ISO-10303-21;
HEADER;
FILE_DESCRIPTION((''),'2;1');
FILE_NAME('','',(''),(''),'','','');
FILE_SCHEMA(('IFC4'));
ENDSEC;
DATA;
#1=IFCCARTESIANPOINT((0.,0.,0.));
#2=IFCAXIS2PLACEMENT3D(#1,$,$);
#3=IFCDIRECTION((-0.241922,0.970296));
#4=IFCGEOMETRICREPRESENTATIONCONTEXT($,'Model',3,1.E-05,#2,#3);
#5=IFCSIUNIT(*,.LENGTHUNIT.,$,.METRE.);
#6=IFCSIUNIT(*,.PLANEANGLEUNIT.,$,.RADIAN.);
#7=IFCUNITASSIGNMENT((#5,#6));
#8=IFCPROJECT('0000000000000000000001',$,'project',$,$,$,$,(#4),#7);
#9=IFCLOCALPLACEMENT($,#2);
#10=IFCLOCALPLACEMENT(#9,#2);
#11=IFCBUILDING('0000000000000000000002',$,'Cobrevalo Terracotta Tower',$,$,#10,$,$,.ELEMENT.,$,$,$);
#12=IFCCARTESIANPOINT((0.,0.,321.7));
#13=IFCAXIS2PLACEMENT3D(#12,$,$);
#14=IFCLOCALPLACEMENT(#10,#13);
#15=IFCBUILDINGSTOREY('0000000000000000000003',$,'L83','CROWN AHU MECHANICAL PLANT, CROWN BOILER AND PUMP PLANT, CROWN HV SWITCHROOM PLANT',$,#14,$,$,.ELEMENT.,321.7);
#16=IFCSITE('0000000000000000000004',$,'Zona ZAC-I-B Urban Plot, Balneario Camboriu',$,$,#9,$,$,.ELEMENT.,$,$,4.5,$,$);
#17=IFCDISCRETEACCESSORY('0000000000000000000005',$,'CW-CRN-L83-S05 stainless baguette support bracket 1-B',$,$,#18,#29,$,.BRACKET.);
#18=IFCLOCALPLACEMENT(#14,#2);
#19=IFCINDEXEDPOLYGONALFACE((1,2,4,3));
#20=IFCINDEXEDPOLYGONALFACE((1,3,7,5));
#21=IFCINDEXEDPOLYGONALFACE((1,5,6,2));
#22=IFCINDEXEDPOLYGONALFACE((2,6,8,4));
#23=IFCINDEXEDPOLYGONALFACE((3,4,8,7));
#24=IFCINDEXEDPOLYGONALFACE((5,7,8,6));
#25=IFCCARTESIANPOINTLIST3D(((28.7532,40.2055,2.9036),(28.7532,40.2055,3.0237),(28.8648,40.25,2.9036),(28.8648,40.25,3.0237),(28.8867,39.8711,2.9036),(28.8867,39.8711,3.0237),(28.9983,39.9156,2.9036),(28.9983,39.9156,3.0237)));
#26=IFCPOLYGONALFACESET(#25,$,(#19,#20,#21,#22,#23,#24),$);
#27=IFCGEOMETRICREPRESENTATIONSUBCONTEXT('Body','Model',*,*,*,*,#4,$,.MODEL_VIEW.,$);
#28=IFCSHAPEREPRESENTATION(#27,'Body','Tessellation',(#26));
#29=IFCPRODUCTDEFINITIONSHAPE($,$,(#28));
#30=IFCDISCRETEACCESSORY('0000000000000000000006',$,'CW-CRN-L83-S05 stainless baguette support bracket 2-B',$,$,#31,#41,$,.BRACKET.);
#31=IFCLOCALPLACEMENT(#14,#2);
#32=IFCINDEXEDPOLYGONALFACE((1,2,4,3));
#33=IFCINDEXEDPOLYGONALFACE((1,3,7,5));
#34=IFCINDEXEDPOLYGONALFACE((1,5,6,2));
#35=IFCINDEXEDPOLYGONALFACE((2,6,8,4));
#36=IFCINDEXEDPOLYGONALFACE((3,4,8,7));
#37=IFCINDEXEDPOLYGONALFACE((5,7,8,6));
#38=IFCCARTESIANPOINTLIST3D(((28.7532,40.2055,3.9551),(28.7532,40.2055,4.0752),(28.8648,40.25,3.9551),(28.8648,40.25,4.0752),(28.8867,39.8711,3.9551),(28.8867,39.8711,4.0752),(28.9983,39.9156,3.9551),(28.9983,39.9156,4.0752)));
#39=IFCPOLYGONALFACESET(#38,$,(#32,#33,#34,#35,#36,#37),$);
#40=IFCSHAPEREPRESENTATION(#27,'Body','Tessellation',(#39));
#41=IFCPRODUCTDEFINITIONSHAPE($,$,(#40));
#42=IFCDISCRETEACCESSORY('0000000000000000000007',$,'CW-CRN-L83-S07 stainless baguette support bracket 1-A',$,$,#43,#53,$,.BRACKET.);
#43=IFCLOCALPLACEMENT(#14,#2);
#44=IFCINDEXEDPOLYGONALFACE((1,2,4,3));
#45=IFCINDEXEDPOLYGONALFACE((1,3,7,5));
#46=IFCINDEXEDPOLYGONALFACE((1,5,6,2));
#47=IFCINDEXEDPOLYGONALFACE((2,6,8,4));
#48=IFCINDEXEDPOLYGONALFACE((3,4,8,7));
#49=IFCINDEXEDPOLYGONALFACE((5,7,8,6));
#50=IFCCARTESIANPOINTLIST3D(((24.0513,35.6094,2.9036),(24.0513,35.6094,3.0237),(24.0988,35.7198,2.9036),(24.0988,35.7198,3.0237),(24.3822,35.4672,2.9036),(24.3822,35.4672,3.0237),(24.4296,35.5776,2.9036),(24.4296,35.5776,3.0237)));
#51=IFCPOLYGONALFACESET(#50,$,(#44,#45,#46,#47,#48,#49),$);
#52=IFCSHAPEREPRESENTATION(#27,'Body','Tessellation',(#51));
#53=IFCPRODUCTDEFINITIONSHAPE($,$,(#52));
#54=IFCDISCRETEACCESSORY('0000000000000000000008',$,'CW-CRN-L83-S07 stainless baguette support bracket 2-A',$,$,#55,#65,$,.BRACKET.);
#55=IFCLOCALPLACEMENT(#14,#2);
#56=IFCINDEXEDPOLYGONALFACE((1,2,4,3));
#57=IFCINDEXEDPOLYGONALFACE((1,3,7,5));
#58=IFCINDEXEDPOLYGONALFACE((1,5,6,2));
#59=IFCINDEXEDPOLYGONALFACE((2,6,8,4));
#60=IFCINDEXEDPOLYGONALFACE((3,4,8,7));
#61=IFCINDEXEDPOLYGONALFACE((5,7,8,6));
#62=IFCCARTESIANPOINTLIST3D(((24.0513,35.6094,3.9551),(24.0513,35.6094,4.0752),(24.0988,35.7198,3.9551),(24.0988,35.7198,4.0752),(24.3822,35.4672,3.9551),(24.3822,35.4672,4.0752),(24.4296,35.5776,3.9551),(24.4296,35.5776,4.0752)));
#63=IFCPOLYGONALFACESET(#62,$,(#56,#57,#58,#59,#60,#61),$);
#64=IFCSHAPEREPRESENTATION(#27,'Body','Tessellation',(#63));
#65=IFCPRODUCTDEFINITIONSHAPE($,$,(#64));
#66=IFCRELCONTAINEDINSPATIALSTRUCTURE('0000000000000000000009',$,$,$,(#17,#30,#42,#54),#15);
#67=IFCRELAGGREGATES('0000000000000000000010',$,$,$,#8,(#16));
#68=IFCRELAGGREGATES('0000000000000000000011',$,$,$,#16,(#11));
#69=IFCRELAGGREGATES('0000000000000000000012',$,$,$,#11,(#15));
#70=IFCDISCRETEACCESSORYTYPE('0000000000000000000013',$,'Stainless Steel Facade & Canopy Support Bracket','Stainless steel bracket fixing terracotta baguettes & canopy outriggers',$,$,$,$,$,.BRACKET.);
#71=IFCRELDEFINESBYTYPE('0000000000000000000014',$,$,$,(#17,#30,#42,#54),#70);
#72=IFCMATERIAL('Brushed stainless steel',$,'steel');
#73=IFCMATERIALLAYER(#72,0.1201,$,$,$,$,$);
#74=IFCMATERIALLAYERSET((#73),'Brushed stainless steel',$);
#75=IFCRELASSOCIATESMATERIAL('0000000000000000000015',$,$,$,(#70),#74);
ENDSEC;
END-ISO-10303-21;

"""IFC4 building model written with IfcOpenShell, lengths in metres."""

from ifc_helpers import new_model, si_unit, direction, frame, origin, origin_2d, place, context, subcontext, project, spatial, rectangle, extrude, source, transform, mapped, material, layer, layer_set, type_object, element, save


model = new_model("IFC4")

# Units and contexts
model_context = context("Model", 3, precision=1e-05, world=origin(), true_north=direction((-0.241922, 0.970296)))
body_context = subcontext(model_context, "Body", "Model", "MODEL_VIEW")
ifc_project = project(units=[si_unit("LENGTHUNIT", "METRE"), si_unit("PLANEANGLEUNIT", "RADIAN")], contexts=[model_context])

# Site, building, storey
site_placement = place(None, origin())
site = spatial("IfcSite", under=ifc_project, at=site_placement, Name="Zona ZAC-I-B Urban Plot, Balneario Camboriu", CompositionType="ELEMENT", RefElevation=4.5)
building_placement = place(site_placement, origin())
building = spatial("IfcBuilding", under=site, at=building_placement, Name="Cobrevalo Terracotta Tower", CompositionType="ELEMENT")
storey_placement = place(building_placement, frame((0.0, 0.0, 321.7)))
storey = spatial("IfcBuildingStorey", under=building, at=storey_placement, Name="L83", Description="CROWN AHU MECHANICAL PLANT, CROWN BOILER AND PUMP PLANT, CROWN HV SWITCHROOM PLANT", CompositionType="ELEMENT", Elevation=321.7)

# Discrete accessories
ifc_material_1 = material(Name="Brushed stainless steel", Category="steel")
ifc_layer_1 = layer(ifc_material_1, 0.1201)
ifc_layer_set_1 = layer_set([ifc_layer_1], Name="Brushed stainless steel")
discrete_accessory_type = type_object("IfcDiscreteAccessoryType", Name="Stainless Steel Facade & Canopy Support Bracket", Description="Stainless steel bracket fixing terracotta baguettes & canopy outriggers", PredefinedType="BRACKET", material=ifc_layer_set_1)
shared_shape_1 = source(origin(), body_context, "Body", "SweptSolid", [
    extrude(rectangle(XDim=0.1201, YDim=0.3601, at=origin_2d()), origin(), (0.0, 0.0, 1.0), 0.1201),
])
for number, where, z_axis, x_axis, name in (
    (1, (28.8757, 40.0605, 2.9036), (0.0, 0.0, 1.0), (-0.928769, -0.37066, 0.0), "CW-CRN-L83-S05 stainless baguette support bracket 1-B"),
    (2, (28.8757, 40.0605, 3.9551), (0.0, 0.0, 1.0), (-0.928769, -0.37066, 0.0), "CW-CRN-L83-S05 stainless baguette support bracket 2-B"),
    (3, (24.2405, 35.5935, 2.9036), (0.0, 0.0, 1.0), (-0.39496, -0.918698, 0.0), "CW-CRN-L83-S07 stainless baguette support bracket 1-A"),
    (4, (24.2405, 35.5935, 3.9551), (0.0, 0.0, 1.0), (-0.39496, -0.918698, 0.0), "CW-CRN-L83-S07 stainless baguette support bracket 2-A"),
):
    element("IfcDiscreteAccessory", number, at=place(storey_placement, frame(where, z_axis=z_axis, x_axis=x_axis)), inside=storey, type_object=discrete_accessory_type, Name=name, PredefinedType="BRACKET", context=body_context, shape_type="MappedRepresentation", body=[
        mapped(shared_shape_1, transform((0.0, 0.0, 0.0), scale=1.0)),
    ])

save(model, "model.ifc")
